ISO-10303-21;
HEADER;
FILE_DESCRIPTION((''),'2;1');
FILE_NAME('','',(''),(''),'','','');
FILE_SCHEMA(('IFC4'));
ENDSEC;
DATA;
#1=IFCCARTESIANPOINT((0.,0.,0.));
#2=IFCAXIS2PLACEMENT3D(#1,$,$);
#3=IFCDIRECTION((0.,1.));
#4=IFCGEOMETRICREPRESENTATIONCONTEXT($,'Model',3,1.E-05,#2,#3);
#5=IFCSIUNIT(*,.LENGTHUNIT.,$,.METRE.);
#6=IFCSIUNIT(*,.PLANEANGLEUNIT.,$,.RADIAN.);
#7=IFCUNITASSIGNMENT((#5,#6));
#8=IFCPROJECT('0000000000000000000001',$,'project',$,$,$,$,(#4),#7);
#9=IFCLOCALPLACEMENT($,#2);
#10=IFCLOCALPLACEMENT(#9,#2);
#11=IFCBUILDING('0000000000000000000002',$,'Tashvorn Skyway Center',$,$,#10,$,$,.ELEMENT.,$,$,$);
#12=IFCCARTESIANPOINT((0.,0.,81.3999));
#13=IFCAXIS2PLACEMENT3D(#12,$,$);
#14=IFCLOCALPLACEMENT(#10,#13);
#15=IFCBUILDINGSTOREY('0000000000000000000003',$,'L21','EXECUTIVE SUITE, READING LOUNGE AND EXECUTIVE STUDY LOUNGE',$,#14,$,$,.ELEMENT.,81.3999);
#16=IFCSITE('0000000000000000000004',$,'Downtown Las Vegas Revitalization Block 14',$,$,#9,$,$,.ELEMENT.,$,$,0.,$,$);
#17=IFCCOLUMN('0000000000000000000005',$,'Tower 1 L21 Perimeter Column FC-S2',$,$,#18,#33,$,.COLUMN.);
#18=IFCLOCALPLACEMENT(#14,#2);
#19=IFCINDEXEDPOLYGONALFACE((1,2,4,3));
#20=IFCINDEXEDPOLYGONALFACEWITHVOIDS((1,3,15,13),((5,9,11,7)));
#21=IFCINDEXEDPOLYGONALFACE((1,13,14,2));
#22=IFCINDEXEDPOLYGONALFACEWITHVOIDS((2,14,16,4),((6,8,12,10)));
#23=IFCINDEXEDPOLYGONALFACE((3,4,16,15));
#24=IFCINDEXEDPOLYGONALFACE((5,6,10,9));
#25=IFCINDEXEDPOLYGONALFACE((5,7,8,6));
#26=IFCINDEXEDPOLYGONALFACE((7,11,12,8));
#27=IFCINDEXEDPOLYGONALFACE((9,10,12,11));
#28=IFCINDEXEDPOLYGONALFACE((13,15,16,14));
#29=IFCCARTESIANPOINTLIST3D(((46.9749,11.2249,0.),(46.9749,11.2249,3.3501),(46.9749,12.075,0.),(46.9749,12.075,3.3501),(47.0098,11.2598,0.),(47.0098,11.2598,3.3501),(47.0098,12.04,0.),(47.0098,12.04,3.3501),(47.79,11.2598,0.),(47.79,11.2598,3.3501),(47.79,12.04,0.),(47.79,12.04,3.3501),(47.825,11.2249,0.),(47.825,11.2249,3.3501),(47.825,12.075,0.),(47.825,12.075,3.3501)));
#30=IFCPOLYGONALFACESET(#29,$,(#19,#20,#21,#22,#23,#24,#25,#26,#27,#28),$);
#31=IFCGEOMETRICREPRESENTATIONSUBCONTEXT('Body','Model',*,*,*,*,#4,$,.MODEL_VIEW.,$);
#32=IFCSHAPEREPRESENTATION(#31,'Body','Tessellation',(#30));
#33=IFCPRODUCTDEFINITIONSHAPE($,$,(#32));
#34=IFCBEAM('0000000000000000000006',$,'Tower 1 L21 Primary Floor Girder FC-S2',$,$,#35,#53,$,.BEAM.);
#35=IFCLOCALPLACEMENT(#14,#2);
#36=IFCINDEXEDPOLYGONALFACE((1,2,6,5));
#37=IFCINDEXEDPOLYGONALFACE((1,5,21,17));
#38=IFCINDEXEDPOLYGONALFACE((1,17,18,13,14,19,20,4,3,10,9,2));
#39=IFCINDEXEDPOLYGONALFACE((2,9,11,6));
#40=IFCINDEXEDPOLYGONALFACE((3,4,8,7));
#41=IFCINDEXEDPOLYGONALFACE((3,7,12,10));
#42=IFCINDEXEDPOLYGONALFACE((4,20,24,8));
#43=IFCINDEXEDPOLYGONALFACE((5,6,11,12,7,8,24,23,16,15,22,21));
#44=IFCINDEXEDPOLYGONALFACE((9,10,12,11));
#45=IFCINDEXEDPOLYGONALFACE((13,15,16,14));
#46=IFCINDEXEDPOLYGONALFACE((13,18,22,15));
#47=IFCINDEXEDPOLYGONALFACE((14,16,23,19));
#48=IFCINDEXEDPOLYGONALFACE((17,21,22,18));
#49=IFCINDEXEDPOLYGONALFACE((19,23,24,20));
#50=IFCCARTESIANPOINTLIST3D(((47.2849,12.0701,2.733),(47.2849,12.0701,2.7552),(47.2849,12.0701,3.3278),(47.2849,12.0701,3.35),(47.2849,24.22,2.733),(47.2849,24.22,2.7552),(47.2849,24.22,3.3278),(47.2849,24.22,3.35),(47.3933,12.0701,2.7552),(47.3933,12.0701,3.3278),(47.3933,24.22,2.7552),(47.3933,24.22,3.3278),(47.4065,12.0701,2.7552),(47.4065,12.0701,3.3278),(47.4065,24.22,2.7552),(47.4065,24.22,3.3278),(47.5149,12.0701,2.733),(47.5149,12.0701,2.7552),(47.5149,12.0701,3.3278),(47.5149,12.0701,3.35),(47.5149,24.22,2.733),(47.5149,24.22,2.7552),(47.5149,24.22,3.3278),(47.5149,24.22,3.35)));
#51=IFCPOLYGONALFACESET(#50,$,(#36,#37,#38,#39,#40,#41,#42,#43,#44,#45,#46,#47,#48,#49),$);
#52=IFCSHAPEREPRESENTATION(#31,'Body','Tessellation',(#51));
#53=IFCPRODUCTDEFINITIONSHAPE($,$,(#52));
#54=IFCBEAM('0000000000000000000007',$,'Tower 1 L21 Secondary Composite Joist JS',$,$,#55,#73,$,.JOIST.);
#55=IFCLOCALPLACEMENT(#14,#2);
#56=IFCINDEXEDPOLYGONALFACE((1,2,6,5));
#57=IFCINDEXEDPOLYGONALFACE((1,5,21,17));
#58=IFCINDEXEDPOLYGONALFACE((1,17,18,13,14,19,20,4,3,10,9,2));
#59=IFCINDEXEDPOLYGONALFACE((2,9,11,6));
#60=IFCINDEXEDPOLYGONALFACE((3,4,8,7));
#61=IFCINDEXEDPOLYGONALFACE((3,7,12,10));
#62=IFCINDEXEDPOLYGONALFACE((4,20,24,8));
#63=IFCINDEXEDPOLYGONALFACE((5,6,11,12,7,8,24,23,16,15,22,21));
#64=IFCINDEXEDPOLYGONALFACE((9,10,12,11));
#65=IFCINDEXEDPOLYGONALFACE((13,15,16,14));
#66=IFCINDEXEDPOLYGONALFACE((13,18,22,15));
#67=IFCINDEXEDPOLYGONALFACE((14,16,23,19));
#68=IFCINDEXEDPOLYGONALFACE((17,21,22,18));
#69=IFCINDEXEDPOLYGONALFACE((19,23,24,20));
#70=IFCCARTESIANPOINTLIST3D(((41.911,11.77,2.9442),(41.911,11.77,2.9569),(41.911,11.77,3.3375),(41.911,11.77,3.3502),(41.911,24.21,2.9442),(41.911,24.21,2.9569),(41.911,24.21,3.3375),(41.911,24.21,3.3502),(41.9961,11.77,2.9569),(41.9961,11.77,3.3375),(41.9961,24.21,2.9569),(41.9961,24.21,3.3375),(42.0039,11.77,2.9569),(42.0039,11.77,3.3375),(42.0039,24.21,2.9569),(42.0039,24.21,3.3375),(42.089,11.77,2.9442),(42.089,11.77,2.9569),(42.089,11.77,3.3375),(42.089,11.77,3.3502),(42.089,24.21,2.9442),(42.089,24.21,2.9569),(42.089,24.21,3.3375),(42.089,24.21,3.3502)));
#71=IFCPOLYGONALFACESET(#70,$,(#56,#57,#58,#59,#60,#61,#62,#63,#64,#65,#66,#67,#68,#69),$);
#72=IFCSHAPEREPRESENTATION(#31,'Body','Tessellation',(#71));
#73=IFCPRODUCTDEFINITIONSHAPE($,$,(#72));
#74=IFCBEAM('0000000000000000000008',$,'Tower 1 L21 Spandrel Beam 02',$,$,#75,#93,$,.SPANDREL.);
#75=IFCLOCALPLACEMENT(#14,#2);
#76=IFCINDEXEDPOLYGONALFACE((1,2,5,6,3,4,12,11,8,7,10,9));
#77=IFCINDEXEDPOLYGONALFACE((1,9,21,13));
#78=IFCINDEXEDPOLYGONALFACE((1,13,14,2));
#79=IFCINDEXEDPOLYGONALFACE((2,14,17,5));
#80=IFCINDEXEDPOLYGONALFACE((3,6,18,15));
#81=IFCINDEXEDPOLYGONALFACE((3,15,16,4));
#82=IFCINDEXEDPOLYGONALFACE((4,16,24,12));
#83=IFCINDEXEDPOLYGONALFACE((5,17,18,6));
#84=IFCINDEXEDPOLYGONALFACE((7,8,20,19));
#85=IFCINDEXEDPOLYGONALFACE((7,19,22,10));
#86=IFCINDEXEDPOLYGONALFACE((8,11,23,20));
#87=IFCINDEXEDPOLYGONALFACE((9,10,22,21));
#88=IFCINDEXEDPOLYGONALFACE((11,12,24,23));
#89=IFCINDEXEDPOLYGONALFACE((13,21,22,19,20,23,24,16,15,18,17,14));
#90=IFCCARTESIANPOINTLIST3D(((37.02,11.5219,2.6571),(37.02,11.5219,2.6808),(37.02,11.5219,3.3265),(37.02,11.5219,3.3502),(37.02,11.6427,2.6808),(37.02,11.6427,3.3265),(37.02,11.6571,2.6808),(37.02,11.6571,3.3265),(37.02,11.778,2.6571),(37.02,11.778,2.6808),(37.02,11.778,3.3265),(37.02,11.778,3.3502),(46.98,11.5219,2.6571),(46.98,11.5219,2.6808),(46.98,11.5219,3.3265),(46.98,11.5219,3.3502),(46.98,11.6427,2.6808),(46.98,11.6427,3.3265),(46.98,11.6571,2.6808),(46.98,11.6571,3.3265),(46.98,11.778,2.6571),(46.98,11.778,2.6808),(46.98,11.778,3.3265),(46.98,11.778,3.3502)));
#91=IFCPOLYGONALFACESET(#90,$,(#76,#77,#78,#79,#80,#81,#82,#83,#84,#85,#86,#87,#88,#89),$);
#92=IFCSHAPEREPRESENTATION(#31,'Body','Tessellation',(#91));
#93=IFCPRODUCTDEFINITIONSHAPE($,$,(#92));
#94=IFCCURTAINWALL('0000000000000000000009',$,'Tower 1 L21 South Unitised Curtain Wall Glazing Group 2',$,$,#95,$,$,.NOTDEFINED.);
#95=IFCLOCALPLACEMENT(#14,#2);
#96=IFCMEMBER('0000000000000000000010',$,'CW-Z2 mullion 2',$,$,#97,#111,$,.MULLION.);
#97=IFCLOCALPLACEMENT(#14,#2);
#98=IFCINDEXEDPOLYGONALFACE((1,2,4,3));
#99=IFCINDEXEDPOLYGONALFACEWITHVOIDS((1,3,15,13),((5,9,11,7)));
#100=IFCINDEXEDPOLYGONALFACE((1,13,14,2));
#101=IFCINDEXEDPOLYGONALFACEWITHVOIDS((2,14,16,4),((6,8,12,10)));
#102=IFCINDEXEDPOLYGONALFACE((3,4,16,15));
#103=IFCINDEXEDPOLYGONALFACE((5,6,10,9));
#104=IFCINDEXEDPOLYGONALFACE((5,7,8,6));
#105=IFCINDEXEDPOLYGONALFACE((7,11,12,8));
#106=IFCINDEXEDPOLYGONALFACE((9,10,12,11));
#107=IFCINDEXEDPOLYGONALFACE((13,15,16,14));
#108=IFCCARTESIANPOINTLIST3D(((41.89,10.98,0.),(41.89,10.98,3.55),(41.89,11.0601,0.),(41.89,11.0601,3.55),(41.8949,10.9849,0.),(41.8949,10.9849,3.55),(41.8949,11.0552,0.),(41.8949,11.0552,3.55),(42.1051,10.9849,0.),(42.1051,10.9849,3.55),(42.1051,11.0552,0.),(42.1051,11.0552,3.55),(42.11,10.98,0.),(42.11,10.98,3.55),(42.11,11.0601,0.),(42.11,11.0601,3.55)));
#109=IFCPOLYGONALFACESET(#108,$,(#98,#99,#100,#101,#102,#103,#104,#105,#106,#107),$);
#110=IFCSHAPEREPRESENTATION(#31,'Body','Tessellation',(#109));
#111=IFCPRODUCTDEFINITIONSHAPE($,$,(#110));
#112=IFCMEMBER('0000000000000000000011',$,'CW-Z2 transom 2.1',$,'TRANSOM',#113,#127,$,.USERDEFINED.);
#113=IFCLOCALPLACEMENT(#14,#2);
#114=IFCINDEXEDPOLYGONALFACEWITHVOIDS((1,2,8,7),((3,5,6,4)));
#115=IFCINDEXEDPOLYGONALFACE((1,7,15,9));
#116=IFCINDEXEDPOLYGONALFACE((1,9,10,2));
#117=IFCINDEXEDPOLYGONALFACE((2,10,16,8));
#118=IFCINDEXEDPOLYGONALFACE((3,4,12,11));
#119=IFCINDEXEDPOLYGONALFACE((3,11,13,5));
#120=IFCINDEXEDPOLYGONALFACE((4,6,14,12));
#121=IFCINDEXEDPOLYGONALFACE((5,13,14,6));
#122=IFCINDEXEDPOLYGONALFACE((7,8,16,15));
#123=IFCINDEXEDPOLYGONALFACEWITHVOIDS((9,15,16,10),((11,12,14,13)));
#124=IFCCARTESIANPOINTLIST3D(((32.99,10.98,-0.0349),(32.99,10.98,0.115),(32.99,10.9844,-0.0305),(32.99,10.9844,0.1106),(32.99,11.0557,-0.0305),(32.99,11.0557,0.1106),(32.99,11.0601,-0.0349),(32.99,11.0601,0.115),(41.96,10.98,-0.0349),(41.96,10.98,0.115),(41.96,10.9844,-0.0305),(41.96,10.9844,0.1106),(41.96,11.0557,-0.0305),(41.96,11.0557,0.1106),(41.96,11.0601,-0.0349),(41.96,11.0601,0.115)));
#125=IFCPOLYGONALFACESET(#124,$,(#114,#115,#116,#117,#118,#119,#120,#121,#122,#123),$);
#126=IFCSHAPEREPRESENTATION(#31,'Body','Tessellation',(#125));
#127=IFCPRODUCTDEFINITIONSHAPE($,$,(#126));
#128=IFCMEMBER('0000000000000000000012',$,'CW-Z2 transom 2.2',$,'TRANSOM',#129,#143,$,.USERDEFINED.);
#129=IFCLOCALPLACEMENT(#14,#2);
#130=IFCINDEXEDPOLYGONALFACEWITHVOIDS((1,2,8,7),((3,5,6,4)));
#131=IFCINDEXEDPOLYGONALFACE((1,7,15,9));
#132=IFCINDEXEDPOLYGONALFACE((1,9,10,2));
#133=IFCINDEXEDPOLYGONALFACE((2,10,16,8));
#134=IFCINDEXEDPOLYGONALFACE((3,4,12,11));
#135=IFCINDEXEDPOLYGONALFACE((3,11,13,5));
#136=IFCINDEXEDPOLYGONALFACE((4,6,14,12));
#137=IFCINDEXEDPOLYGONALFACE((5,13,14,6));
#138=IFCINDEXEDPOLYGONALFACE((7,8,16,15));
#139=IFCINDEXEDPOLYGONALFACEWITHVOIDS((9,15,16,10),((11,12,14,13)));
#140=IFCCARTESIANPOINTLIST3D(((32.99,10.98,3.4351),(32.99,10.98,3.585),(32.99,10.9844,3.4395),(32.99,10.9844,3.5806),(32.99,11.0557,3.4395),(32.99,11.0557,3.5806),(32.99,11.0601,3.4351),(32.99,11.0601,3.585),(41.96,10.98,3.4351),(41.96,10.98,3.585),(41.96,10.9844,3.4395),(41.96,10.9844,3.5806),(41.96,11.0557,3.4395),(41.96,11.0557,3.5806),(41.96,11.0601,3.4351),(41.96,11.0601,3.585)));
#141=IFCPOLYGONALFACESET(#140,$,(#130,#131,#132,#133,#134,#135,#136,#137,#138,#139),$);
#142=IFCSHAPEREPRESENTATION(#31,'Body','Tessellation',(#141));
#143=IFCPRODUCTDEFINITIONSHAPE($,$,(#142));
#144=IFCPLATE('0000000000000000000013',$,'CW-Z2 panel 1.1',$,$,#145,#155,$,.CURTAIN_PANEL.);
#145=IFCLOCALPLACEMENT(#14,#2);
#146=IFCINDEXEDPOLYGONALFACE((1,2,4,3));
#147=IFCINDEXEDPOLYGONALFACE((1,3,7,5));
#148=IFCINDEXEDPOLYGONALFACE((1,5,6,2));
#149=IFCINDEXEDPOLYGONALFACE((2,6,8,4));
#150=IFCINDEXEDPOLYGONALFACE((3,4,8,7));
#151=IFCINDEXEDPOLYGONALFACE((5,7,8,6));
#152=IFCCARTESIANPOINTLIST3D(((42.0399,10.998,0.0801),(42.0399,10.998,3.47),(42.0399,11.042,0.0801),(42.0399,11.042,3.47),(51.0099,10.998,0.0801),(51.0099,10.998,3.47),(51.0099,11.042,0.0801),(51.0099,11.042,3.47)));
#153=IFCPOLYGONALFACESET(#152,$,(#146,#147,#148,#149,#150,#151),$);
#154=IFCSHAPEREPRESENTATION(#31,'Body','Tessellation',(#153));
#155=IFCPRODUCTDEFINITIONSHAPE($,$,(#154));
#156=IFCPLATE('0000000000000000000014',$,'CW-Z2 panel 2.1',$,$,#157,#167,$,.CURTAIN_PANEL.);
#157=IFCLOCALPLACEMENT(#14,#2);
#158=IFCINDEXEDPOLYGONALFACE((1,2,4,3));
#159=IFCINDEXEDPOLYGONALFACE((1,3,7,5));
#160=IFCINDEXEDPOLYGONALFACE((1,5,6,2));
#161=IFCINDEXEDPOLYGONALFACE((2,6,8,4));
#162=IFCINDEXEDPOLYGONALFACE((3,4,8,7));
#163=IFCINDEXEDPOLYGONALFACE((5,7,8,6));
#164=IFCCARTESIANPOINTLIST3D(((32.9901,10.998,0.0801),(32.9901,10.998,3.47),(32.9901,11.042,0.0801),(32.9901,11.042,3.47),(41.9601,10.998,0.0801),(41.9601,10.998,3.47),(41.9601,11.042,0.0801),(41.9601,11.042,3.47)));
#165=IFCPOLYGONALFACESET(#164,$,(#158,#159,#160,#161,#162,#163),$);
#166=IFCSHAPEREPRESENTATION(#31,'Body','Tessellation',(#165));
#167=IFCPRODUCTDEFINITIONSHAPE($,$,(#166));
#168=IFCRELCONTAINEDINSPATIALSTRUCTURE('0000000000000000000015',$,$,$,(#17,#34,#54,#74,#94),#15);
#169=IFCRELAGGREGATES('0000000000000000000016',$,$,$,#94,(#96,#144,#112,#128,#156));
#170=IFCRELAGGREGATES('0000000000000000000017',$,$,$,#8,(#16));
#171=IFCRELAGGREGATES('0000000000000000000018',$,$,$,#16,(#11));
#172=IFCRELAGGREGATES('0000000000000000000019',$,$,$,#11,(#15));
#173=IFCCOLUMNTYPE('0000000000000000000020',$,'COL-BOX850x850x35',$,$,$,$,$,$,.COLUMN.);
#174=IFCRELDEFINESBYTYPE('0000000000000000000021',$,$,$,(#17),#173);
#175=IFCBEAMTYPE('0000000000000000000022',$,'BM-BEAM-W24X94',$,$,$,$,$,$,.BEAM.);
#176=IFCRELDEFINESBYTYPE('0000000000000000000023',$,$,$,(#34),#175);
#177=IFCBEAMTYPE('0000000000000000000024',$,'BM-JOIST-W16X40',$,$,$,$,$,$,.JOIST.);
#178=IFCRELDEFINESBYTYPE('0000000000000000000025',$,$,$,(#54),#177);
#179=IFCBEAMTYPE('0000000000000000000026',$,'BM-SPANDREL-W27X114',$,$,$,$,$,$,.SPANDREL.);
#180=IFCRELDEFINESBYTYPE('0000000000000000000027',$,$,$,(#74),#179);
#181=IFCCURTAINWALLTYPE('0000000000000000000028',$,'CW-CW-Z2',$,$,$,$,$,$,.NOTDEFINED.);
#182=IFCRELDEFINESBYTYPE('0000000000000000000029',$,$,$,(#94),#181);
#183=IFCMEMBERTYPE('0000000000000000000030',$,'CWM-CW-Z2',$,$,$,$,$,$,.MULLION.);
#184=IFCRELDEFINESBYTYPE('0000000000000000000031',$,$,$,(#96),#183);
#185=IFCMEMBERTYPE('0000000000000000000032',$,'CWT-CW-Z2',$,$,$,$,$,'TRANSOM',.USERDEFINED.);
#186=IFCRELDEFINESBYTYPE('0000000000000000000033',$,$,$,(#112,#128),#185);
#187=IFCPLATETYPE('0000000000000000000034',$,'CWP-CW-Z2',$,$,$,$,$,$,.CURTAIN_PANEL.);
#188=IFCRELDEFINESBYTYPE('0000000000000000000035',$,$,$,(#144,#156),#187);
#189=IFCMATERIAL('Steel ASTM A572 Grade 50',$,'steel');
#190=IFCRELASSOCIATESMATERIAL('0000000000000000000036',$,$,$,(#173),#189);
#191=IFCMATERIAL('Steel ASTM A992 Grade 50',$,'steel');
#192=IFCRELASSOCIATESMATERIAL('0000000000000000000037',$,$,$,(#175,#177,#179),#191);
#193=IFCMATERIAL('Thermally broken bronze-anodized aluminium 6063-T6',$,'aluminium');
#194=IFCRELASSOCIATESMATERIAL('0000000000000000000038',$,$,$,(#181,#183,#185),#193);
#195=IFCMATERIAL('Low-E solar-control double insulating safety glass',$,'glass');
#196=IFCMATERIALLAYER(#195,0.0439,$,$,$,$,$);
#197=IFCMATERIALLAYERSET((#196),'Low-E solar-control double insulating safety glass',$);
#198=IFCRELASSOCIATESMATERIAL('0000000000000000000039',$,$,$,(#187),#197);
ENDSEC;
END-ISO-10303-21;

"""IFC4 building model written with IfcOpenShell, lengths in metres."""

from ifc_helpers import new_model, si_unit, direction, frame, origin, origin_2d, place, context, subcontext, project, spatial, rectangle, hollow_rectangle, i_section, extrude, material, layer, layer_set, material_profile, profile_set, type_object, element, aggregate, save


model = new_model("IFC4")

# Units and contexts
model_context = context("Model", 3, precision=1e-05, world=origin(), true_north=direction((0.0, 1.0)))
body_context = subcontext(model_context, "Body", "Model", "MODEL_VIEW")
ifc_project = project(units=[si_unit("LENGTHUNIT", "METRE"), si_unit("PLANEANGLEUNIT", "RADIAN")], contexts=[model_context])

# Site, building, storey
site_placement = place(None, origin())
site = spatial("IfcSite", under=ifc_project, at=site_placement, Name="Downtown Las Vegas Revitalization Block 14", CompositionType="ELEMENT", RefElevation=0.0)
building_placement = place(site_placement, origin())
building = spatial("IfcBuilding", under=site, at=building_placement, Name="Tashvorn Skyway Center", CompositionType="ELEMENT")
storey_placement = place(building_placement, frame((0.0, 0.0, 81.3999)))
storey = spatial("IfcBuildingStorey", under=building, at=storey_placement, Name="L21", Description="EXECUTIVE SUITE, READING LOUNGE AND EXECUTIVE STUDY LOUNGE", CompositionType="ELEMENT", Elevation=81.3999)

# Column
ifc_material_1 = material(Name="Steel ASTM A572 Grade 50", Category="steel")
ifc_material_profile_1 = material_profile(ifc_material_1, hollow_rectangle(XDim=0.8501, YDim=0.8501, WallThickness=0.0349, at=origin_2d()), Name="BOX850x850x35")
ifc_profile_set_1 = profile_set([ifc_material_profile_1], Name="Steel ASTM A572 Grade 50")
column_type = type_object("IfcColumnType", Name="COL-BOX850x850x35", PredefinedType="COLUMN", material=ifc_profile_set_1)
column_placement = place(storey_placement, frame((47.3999, 11.6499, 0.0), z_axis=(0.0, 0.0, 1.0), x_axis=(1.0, 0.0, 0.0)))
element("IfcColumn", 1, at=column_placement, inside=storey, type_object=column_type, Name="Tower 1 L21 Perimeter Column FC-S2", PredefinedType="COLUMN", context=body_context, shape_type="SweptSolid", body=[
    extrude(hollow_rectangle(XDim=0.8501, YDim=0.8501, WallThickness=0.0349, at=origin_2d()), origin(), (0.0, 0.0, 1.0), 3.3501),
])

# Beams
ifc_material_2 = material(Name="Steel ASTM A992 Grade 50", Category="steel")
ifc_material_profile_2 = material_profile(ifc_material_2, i_section(OverallWidth=0.23, OverallDepth=0.6169, WebThickness=0.0132, FlangeThickness=0.0222, at=origin_2d()), Name="W24X94")
ifc_profile_set_2 = profile_set([ifc_material_profile_2], Name="Steel ASTM A992 Grade 50")
beam_type_1 = type_object("IfcBeamType", Name="BM-BEAM-W24X94", PredefinedType="BEAM", material=ifc_profile_set_2)
beam_1_placement = place(storey_placement, frame((47.3999, 12.0701, 3.0415), z_axis=(0.0, 1.0, 0.0), x_axis=(-1.0, 0.0, 0.0)))
element("IfcBeam", 2, at=beam_1_placement, inside=storey, type_object=beam_type_1, Name="Tower 1 L21 Primary Floor Girder FC-S2", PredefinedType="BEAM", context=body_context, shape_type="SweptSolid", body=[
    extrude(i_section(OverallWidth=0.23, OverallDepth=0.6169, WebThickness=0.0132, FlangeThickness=0.0222, at=origin_2d()), origin(), (0.0, 0.0, 1.0), 12.1499),
])
ifc_material_profile_3 = material_profile(ifc_material_2, i_section(OverallWidth=0.178, OverallDepth=0.406, WebThickness=0.0078, FlangeThickness=0.0127, at=origin_2d()), Name="W16X40")
ifc_profile_set_3 = profile_set([ifc_material_profile_3], Name="Steel ASTM A992 Grade 50")
beam_type_2 = type_object("IfcBeamType", Name="BM-JOIST-W16X40", PredefinedType="JOIST", material=ifc_profile_set_3)
beam_2_placement = place(storey_placement, frame((42.0, 24.21, 3.1472), z_axis=(0.0, -1.0, 0.0), x_axis=(1.0, 0.0, 0.0)))
element("IfcBeam", 3, at=beam_2_placement, inside=storey, type_object=beam_type_2, Name="Tower 1 L21 Secondary Composite Joist JS", PredefinedType="JOIST", context=body_context, shape_type="SweptSolid", body=[
    extrude(i_section(OverallWidth=0.178, OverallDepth=0.406, WebThickness=0.0078, FlangeThickness=0.0127, at=origin_2d()), origin(), (0.0, 0.0, 1.0), 12.4399),
])
ifc_material_profile_4 = material_profile(ifc_material_2, i_section(OverallWidth=0.2561, OverallDepth=0.6931, WebThickness=0.0144, FlangeThickness=0.0237, at=origin_2d()), Name="W27X114")
ifc_profile_set_4 = profile_set([ifc_material_profile_4], Name="Steel ASTM A992 Grade 50")
beam_type_3 = type_object("IfcBeamType", Name="BM-SPANDREL-W27X114", PredefinedType="SPANDREL", material=ifc_profile_set_4)
beam_3_placement = place(storey_placement, frame((37.02, 11.6499, 3.0037), z_axis=(1.0, 0.0, 0.0), x_axis=(0.0, 1.0, 0.0)))
element("IfcBeam", 4, at=beam_3_placement, inside=storey, type_object=beam_type_3, Name="Tower 1 L21 Spandrel Beam 02", PredefinedType="SPANDREL", context=body_context, shape_type="SweptSolid", body=[
    extrude(i_section(OverallWidth=0.2561, OverallDepth=0.6931, WebThickness=0.0144, FlangeThickness=0.0237, at=origin_2d()), origin(), (0.0, 0.0, 1.0), 9.96),
])

# Curtain wall, members, plates
ifc_material_3 = material(Name="Thermally broken bronze-anodized aluminium 6063-T6", Category="aluminium")
curtain_wall_type = type_object("IfcCurtainWallType", Name="CW-CW-Z2", PredefinedType="NOTDEFINED", material=ifc_material_3)
curtain_wall_placement = place(storey_placement, origin())
curtain_wall = element("IfcCurtainWall", 5, at=curtain_wall_placement, inside=storey, type_object=curtain_wall_type, Name="Tower 1 L21 South Unitised Curtain Wall Glazing Group 2", PredefinedType="NOTDEFINED")
ifc_material_profile_5 = material_profile(ifc_material_3, hollow_rectangle(XDim=0.0801, YDim=0.22, WallThickness=0.0049, at=origin_2d()), Name="ALU-MULL-80x220")
ifc_profile_set_5 = profile_set([ifc_material_profile_5], Name="Thermally broken bronze-anodized aluminium 6063-T6")
member_type_1 = type_object("IfcMemberType", Name="CWM-CW-Z2", PredefinedType="MULLION", material=ifc_profile_set_5)
member_1_placement = place(storey_placement, frame((42.0, 11.02, 0.0), z_axis=(0.0, 0.0, 1.0), x_axis=(0.0, -1.0, 0.0)))
member_1 = element("IfcMember", 6, at=member_1_placement, type_object=member_type_1, Name="CW-Z2 mullion 2", PredefinedType="MULLION", context=body_context, shape_type="SweptSolid", body=[
    extrude(hollow_rectangle(XDim=0.0801, YDim=0.22, WallThickness=0.0049, at=origin_2d()), origin(), (0.0, 0.0, 1.0), 3.55),
])
ifc_material_profile_6 = material_profile(ifc_material_3, hollow_rectangle(XDim=0.0801, YDim=0.1499, WallThickness=0.0044, at=origin_2d()), Name="ALU-TRAN-80x150")
ifc_profile_set_6 = profile_set([ifc_material_profile_6], Name="Thermally broken bronze-anodized aluminium 6063-T6")
member_type_2 = type_object("IfcMemberType", Name="CWT-CW-Z2", ElementType="TRANSOM", PredefinedType="USERDEFINED", material=ifc_profile_set_6)
member_2_placement = place(storey_placement, frame((41.96, 11.02, 0.04), z_axis=(-1.0, 0.0, 0.0), x_axis=(0.0, -1.0, 0.0)))
member_2 = element("IfcMember", 7, at=member_2_placement, type_object=member_type_2, Name="CW-Z2 transom 2.1", ObjectType="TRANSOM", PredefinedType="USERDEFINED", context=body_context, shape_type="SweptSolid", body=[
    extrude(hollow_rectangle(XDim=0.0801, YDim=0.1499, WallThickness=0.0044, at=origin_2d()), origin(), (0.0, 0.0, 1.0), 8.97),
])
member_3_placement = place(storey_placement, frame((41.96, 11.02, 3.51), z_axis=(-1.0, 0.0, 0.0), x_axis=(0.0, -1.0, 0.0)))
member_3 = element("IfcMember", 8, at=member_3_placement, type_object=member_type_2, Name="CW-Z2 transom 2.2", ObjectType="TRANSOM", PredefinedType="USERDEFINED", context=body_context, shape_type="SweptSolid", body=[
    extrude(hollow_rectangle(XDim=0.0801, YDim=0.1499, WallThickness=0.0044, at=origin_2d()), origin(), (0.0, 0.0, 1.0), 8.97),
])
ifc_material_4 = material(Name="Low-E solar-control double insulating safety glass", Category="glass")
ifc_layer_1 = layer(ifc_material_4, 0.0439)
ifc_layer_set_1 = layer_set([ifc_layer_1], Name="Low-E solar-control double insulating safety glass")
plate_type = type_object("IfcPlateType", Name="CWP-CW-Z2", PredefinedType="CURTAIN_PANEL", material=ifc_layer_set_1)
plate_1_placement = place(storey_placement, frame((46.5249, 11.02, 0.0801), z_axis=(0.0, 0.0, 1.0), x_axis=(-1.0, 0.0, 0.0)))
plate_1 = element("IfcPlate", 9, at=plate_1_placement, type_object=plate_type, Name="CW-Z2 panel 1.1", PredefinedType="CURTAIN_PANEL", context=body_context, shape_type="SweptSolid", body=[
    extrude(rectangle(XDim=8.97, YDim=0.0439, at=origin_2d()), origin(), (0.0, 0.0, 1.0), 3.3899),
])
plate_2_placement = place(storey_placement, frame((37.4751, 11.02, 0.0801), z_axis=(0.0, 0.0, 1.0), x_axis=(-1.0, 0.0, 0.0)))
plate_2 = element("IfcPlate", 10, at=plate_2_placement, type_object=plate_type, Name="CW-Z2 panel 2.1", PredefinedType="CURTAIN_PANEL", context=body_context, shape_type="SweptSolid", body=[
    extrude(rectangle(XDim=8.97, YDim=0.0439, at=origin_2d()), origin(), (0.0, 0.0, 1.0), 3.3899),
])
aggregate(curtain_wall, [member_1, plate_1, member_2, member_3, plate_2])

save(model, "model.ifc")
